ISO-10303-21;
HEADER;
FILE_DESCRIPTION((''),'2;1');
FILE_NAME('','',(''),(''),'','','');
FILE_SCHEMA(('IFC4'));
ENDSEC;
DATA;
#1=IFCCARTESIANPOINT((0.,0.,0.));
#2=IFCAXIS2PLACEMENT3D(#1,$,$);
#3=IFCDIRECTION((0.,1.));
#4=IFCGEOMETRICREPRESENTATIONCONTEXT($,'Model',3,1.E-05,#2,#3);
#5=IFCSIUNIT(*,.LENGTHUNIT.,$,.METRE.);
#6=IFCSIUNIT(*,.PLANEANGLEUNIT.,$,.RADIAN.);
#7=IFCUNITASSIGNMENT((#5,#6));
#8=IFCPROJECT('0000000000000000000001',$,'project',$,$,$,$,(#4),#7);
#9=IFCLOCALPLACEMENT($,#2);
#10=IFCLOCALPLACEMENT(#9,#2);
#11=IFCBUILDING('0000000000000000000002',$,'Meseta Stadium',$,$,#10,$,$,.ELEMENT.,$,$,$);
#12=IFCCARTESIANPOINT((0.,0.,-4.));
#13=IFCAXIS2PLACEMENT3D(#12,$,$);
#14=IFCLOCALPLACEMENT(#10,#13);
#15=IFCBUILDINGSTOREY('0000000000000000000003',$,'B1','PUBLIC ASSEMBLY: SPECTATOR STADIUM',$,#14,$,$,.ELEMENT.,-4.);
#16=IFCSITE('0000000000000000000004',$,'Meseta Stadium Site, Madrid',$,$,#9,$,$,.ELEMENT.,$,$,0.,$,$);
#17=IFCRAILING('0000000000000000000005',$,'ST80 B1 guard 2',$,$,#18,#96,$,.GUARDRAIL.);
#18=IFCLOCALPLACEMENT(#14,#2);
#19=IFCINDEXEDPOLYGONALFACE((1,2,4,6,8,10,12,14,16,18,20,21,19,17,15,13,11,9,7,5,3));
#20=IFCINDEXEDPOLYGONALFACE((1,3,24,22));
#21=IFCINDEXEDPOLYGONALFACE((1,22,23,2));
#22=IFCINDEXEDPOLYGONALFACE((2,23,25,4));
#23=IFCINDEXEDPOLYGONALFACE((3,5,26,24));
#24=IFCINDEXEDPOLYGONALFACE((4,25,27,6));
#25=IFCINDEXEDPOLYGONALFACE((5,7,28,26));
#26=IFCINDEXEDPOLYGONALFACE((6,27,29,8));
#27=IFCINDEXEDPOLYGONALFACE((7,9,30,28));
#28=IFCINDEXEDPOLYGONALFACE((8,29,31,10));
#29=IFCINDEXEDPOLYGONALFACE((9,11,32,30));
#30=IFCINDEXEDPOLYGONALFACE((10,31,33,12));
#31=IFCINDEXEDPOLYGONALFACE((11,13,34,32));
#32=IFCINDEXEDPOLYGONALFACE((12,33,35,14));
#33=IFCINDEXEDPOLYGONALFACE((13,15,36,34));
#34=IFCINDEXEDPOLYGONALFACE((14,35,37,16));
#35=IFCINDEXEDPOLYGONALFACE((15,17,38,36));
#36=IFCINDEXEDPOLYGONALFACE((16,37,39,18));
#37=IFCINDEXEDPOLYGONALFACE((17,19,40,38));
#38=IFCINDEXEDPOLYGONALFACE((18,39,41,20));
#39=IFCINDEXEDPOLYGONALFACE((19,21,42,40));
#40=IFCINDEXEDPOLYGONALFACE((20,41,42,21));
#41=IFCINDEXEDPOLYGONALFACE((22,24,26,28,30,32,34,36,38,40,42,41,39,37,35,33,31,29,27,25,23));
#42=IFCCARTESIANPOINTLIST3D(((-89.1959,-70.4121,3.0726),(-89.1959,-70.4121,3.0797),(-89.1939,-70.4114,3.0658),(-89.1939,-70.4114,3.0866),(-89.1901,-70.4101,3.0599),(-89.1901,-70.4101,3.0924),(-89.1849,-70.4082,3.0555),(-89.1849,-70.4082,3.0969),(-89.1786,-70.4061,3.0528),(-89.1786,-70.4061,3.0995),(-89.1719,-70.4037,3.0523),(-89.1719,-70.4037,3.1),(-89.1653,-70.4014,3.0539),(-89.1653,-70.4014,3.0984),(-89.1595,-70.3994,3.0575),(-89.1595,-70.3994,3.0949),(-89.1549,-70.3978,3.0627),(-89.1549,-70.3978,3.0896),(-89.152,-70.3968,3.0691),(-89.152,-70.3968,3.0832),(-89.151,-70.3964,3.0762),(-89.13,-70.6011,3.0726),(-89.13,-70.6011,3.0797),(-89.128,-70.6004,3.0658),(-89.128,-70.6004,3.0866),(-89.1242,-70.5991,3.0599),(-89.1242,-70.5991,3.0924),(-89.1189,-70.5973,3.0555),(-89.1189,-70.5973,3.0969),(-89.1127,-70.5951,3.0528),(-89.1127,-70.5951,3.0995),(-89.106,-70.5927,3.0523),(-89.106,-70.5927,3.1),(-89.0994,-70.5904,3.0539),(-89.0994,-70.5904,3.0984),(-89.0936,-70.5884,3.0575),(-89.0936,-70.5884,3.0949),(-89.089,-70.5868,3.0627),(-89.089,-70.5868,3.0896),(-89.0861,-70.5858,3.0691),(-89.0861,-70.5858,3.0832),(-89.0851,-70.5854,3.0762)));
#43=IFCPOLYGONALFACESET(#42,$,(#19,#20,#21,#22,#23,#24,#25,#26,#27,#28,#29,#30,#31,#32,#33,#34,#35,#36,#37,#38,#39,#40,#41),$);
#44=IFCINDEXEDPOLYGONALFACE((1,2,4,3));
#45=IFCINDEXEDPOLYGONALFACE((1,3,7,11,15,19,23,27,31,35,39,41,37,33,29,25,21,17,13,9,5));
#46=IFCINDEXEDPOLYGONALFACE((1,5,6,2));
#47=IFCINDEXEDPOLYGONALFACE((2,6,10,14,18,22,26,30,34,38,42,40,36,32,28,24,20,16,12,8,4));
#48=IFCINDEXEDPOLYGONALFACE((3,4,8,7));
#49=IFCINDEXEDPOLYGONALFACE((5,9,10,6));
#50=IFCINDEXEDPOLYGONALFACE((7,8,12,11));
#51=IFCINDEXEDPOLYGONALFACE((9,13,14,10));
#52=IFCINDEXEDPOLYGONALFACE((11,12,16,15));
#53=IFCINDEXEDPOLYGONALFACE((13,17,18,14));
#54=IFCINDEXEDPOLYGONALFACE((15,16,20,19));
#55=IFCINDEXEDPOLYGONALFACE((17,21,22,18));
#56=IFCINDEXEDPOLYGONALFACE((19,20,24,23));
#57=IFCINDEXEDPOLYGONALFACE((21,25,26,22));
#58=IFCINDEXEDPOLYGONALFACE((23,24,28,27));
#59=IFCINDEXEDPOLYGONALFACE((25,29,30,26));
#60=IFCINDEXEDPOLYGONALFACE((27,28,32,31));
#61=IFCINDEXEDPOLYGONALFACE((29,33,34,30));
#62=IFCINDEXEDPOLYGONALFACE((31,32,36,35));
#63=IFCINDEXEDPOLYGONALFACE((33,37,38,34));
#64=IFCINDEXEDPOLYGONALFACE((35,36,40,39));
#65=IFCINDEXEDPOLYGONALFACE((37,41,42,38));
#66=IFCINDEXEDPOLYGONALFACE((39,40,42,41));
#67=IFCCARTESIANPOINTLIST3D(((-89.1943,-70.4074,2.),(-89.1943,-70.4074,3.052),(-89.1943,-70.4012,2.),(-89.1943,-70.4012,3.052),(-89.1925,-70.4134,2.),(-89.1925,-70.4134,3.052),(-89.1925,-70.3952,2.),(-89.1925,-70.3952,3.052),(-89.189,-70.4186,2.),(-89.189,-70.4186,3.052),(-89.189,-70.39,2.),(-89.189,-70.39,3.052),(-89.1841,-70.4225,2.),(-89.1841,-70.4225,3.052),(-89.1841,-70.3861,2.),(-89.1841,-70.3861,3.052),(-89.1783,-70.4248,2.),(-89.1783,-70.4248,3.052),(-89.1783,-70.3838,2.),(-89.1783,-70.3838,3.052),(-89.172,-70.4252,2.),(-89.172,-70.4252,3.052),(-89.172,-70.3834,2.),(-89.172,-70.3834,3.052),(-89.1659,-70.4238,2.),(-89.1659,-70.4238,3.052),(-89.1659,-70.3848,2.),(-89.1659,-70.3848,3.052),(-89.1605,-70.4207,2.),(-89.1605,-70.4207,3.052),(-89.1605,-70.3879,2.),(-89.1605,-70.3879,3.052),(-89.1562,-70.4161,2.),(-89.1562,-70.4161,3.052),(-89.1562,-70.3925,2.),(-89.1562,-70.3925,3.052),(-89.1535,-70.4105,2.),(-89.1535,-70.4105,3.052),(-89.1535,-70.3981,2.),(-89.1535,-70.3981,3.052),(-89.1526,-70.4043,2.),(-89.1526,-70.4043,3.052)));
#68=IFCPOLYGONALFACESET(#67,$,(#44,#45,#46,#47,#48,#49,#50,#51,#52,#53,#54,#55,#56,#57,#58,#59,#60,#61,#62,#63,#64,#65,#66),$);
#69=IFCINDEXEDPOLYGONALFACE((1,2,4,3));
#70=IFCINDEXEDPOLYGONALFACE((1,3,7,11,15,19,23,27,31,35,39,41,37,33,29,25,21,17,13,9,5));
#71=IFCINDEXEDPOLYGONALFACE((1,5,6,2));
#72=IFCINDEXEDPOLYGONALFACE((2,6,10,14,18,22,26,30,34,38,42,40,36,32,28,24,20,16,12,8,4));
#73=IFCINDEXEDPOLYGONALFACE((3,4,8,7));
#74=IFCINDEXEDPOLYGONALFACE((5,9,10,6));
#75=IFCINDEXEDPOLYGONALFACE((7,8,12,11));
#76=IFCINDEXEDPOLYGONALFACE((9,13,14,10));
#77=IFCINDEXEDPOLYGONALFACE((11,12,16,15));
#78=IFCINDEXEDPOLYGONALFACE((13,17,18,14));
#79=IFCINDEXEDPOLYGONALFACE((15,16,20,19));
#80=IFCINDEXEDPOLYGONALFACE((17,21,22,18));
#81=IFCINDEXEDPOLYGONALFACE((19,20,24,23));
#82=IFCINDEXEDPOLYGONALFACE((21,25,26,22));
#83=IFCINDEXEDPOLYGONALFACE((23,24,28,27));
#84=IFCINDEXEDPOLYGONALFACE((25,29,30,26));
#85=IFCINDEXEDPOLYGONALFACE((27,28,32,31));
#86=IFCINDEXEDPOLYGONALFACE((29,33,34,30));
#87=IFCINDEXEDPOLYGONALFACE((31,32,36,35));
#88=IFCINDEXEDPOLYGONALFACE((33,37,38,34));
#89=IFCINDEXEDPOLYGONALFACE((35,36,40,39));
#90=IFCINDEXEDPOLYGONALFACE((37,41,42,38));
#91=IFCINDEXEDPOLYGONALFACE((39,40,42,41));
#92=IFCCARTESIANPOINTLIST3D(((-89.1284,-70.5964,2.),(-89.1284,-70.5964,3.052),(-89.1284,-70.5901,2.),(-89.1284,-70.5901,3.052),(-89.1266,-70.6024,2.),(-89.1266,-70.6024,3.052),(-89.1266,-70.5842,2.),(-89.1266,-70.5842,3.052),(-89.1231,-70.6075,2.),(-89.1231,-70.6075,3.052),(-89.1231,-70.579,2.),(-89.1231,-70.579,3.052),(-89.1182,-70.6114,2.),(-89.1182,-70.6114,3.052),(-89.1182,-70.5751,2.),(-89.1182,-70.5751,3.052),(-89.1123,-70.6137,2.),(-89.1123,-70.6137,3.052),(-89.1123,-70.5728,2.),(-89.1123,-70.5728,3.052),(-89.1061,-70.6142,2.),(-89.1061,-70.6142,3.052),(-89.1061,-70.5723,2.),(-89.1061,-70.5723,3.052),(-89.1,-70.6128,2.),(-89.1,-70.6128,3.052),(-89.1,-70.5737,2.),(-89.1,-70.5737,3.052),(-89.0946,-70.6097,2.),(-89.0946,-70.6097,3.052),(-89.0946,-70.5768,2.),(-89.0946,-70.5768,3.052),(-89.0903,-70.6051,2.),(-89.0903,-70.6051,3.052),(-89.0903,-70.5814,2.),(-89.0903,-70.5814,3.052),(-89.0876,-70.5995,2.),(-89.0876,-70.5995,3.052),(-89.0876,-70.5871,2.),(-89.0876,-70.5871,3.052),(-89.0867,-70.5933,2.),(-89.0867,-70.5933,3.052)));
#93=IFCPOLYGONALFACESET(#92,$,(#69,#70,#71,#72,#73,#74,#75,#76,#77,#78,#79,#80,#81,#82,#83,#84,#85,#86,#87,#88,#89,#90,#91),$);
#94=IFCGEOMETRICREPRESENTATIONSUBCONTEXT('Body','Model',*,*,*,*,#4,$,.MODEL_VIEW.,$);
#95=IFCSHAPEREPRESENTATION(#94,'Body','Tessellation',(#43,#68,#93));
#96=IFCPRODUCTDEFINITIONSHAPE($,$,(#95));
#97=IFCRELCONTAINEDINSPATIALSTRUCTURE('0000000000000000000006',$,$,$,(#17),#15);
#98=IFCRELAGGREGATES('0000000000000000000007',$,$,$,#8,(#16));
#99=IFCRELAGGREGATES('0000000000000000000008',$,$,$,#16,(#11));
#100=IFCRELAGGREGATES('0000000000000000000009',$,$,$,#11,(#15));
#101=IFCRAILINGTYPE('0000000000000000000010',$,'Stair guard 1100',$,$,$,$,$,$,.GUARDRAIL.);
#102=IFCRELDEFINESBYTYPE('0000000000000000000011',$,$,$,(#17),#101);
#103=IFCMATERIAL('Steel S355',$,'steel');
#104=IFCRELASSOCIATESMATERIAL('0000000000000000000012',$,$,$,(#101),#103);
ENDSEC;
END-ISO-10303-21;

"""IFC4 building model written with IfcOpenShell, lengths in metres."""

from ifc_helpers import new_model, si_unit, direction, frame, origin, origin_2d, place, context, subcontext, project, spatial, circle, extrude, material, type_object, element, save


model = new_model("IFC4")

# Units and contexts
model_context = context("Model", 3, precision=1e-05, world=origin(), true_north=direction((0.0, 1.0)))
body_context = subcontext(model_context, "Body", "Model", "MODEL_VIEW")
ifc_project = project(units=[si_unit("LENGTHUNIT", "METRE"), si_unit("PLANEANGLEUNIT", "RADIAN")], contexts=[model_context])

# Site, building, storey
site_placement = place(None, origin())
site = spatial("IfcSite", under=ifc_project, at=site_placement, Name="Meseta Stadium Site, Madrid", CompositionType="ELEMENT", RefElevation=0.0)
building_placement = place(site_placement, origin())
building = spatial("IfcBuilding", under=site, at=building_placement, Name="Meseta Stadium", CompositionType="ELEMENT")
storey_placement = place(building_placement, frame((0.0, 0.0, -4.0)))
storey = spatial("IfcBuildingStorey", under=building, at=storey_placement, Name="B1", Description="PUBLIC ASSEMBLY: SPECTATOR STADIUM", CompositionType="ELEMENT", Elevation=-4.0)

# Railing
ifc_material_1 = material(Name="Steel S355", Category="steel")
railing_type_1 = type_object("IfcRailingType", Name="Stair guard 1100", PredefinedType="GUARDRAIL", material=ifc_material_1)
railing_1_placement = place(storey_placement, frame((-89.1736, -70.4043, 2.0)))
element("IfcRailing", 1, at=railing_1_placement, inside=storey, type_object=railing_type_1, Name="ST80 B1 guard 2", PredefinedType="GUARDRAIL", context=body_context, shape_type="SweptSolid", body=[
    extrude(circle(Radius=0.0239, at=origin_2d()), frame((0.0, 0.0, 1.0762), z_axis=(0.329372, -0.9442, 0.0), x_axis=(0.9442, 0.329372, 0.0)), (0.0, 0.0, 1.0), 0.2002),
    extrude(circle(Radius=0.021, at=origin_2d()), origin(), (0.0, 0.0, 1.0), 1.052),
    extrude(circle(Radius=0.021, at=origin_2d()), frame((0.0659, -0.189, 0.0)), (0.0, 0.0, 1.0), 1.052),
])

save(model, "model.ifc")
